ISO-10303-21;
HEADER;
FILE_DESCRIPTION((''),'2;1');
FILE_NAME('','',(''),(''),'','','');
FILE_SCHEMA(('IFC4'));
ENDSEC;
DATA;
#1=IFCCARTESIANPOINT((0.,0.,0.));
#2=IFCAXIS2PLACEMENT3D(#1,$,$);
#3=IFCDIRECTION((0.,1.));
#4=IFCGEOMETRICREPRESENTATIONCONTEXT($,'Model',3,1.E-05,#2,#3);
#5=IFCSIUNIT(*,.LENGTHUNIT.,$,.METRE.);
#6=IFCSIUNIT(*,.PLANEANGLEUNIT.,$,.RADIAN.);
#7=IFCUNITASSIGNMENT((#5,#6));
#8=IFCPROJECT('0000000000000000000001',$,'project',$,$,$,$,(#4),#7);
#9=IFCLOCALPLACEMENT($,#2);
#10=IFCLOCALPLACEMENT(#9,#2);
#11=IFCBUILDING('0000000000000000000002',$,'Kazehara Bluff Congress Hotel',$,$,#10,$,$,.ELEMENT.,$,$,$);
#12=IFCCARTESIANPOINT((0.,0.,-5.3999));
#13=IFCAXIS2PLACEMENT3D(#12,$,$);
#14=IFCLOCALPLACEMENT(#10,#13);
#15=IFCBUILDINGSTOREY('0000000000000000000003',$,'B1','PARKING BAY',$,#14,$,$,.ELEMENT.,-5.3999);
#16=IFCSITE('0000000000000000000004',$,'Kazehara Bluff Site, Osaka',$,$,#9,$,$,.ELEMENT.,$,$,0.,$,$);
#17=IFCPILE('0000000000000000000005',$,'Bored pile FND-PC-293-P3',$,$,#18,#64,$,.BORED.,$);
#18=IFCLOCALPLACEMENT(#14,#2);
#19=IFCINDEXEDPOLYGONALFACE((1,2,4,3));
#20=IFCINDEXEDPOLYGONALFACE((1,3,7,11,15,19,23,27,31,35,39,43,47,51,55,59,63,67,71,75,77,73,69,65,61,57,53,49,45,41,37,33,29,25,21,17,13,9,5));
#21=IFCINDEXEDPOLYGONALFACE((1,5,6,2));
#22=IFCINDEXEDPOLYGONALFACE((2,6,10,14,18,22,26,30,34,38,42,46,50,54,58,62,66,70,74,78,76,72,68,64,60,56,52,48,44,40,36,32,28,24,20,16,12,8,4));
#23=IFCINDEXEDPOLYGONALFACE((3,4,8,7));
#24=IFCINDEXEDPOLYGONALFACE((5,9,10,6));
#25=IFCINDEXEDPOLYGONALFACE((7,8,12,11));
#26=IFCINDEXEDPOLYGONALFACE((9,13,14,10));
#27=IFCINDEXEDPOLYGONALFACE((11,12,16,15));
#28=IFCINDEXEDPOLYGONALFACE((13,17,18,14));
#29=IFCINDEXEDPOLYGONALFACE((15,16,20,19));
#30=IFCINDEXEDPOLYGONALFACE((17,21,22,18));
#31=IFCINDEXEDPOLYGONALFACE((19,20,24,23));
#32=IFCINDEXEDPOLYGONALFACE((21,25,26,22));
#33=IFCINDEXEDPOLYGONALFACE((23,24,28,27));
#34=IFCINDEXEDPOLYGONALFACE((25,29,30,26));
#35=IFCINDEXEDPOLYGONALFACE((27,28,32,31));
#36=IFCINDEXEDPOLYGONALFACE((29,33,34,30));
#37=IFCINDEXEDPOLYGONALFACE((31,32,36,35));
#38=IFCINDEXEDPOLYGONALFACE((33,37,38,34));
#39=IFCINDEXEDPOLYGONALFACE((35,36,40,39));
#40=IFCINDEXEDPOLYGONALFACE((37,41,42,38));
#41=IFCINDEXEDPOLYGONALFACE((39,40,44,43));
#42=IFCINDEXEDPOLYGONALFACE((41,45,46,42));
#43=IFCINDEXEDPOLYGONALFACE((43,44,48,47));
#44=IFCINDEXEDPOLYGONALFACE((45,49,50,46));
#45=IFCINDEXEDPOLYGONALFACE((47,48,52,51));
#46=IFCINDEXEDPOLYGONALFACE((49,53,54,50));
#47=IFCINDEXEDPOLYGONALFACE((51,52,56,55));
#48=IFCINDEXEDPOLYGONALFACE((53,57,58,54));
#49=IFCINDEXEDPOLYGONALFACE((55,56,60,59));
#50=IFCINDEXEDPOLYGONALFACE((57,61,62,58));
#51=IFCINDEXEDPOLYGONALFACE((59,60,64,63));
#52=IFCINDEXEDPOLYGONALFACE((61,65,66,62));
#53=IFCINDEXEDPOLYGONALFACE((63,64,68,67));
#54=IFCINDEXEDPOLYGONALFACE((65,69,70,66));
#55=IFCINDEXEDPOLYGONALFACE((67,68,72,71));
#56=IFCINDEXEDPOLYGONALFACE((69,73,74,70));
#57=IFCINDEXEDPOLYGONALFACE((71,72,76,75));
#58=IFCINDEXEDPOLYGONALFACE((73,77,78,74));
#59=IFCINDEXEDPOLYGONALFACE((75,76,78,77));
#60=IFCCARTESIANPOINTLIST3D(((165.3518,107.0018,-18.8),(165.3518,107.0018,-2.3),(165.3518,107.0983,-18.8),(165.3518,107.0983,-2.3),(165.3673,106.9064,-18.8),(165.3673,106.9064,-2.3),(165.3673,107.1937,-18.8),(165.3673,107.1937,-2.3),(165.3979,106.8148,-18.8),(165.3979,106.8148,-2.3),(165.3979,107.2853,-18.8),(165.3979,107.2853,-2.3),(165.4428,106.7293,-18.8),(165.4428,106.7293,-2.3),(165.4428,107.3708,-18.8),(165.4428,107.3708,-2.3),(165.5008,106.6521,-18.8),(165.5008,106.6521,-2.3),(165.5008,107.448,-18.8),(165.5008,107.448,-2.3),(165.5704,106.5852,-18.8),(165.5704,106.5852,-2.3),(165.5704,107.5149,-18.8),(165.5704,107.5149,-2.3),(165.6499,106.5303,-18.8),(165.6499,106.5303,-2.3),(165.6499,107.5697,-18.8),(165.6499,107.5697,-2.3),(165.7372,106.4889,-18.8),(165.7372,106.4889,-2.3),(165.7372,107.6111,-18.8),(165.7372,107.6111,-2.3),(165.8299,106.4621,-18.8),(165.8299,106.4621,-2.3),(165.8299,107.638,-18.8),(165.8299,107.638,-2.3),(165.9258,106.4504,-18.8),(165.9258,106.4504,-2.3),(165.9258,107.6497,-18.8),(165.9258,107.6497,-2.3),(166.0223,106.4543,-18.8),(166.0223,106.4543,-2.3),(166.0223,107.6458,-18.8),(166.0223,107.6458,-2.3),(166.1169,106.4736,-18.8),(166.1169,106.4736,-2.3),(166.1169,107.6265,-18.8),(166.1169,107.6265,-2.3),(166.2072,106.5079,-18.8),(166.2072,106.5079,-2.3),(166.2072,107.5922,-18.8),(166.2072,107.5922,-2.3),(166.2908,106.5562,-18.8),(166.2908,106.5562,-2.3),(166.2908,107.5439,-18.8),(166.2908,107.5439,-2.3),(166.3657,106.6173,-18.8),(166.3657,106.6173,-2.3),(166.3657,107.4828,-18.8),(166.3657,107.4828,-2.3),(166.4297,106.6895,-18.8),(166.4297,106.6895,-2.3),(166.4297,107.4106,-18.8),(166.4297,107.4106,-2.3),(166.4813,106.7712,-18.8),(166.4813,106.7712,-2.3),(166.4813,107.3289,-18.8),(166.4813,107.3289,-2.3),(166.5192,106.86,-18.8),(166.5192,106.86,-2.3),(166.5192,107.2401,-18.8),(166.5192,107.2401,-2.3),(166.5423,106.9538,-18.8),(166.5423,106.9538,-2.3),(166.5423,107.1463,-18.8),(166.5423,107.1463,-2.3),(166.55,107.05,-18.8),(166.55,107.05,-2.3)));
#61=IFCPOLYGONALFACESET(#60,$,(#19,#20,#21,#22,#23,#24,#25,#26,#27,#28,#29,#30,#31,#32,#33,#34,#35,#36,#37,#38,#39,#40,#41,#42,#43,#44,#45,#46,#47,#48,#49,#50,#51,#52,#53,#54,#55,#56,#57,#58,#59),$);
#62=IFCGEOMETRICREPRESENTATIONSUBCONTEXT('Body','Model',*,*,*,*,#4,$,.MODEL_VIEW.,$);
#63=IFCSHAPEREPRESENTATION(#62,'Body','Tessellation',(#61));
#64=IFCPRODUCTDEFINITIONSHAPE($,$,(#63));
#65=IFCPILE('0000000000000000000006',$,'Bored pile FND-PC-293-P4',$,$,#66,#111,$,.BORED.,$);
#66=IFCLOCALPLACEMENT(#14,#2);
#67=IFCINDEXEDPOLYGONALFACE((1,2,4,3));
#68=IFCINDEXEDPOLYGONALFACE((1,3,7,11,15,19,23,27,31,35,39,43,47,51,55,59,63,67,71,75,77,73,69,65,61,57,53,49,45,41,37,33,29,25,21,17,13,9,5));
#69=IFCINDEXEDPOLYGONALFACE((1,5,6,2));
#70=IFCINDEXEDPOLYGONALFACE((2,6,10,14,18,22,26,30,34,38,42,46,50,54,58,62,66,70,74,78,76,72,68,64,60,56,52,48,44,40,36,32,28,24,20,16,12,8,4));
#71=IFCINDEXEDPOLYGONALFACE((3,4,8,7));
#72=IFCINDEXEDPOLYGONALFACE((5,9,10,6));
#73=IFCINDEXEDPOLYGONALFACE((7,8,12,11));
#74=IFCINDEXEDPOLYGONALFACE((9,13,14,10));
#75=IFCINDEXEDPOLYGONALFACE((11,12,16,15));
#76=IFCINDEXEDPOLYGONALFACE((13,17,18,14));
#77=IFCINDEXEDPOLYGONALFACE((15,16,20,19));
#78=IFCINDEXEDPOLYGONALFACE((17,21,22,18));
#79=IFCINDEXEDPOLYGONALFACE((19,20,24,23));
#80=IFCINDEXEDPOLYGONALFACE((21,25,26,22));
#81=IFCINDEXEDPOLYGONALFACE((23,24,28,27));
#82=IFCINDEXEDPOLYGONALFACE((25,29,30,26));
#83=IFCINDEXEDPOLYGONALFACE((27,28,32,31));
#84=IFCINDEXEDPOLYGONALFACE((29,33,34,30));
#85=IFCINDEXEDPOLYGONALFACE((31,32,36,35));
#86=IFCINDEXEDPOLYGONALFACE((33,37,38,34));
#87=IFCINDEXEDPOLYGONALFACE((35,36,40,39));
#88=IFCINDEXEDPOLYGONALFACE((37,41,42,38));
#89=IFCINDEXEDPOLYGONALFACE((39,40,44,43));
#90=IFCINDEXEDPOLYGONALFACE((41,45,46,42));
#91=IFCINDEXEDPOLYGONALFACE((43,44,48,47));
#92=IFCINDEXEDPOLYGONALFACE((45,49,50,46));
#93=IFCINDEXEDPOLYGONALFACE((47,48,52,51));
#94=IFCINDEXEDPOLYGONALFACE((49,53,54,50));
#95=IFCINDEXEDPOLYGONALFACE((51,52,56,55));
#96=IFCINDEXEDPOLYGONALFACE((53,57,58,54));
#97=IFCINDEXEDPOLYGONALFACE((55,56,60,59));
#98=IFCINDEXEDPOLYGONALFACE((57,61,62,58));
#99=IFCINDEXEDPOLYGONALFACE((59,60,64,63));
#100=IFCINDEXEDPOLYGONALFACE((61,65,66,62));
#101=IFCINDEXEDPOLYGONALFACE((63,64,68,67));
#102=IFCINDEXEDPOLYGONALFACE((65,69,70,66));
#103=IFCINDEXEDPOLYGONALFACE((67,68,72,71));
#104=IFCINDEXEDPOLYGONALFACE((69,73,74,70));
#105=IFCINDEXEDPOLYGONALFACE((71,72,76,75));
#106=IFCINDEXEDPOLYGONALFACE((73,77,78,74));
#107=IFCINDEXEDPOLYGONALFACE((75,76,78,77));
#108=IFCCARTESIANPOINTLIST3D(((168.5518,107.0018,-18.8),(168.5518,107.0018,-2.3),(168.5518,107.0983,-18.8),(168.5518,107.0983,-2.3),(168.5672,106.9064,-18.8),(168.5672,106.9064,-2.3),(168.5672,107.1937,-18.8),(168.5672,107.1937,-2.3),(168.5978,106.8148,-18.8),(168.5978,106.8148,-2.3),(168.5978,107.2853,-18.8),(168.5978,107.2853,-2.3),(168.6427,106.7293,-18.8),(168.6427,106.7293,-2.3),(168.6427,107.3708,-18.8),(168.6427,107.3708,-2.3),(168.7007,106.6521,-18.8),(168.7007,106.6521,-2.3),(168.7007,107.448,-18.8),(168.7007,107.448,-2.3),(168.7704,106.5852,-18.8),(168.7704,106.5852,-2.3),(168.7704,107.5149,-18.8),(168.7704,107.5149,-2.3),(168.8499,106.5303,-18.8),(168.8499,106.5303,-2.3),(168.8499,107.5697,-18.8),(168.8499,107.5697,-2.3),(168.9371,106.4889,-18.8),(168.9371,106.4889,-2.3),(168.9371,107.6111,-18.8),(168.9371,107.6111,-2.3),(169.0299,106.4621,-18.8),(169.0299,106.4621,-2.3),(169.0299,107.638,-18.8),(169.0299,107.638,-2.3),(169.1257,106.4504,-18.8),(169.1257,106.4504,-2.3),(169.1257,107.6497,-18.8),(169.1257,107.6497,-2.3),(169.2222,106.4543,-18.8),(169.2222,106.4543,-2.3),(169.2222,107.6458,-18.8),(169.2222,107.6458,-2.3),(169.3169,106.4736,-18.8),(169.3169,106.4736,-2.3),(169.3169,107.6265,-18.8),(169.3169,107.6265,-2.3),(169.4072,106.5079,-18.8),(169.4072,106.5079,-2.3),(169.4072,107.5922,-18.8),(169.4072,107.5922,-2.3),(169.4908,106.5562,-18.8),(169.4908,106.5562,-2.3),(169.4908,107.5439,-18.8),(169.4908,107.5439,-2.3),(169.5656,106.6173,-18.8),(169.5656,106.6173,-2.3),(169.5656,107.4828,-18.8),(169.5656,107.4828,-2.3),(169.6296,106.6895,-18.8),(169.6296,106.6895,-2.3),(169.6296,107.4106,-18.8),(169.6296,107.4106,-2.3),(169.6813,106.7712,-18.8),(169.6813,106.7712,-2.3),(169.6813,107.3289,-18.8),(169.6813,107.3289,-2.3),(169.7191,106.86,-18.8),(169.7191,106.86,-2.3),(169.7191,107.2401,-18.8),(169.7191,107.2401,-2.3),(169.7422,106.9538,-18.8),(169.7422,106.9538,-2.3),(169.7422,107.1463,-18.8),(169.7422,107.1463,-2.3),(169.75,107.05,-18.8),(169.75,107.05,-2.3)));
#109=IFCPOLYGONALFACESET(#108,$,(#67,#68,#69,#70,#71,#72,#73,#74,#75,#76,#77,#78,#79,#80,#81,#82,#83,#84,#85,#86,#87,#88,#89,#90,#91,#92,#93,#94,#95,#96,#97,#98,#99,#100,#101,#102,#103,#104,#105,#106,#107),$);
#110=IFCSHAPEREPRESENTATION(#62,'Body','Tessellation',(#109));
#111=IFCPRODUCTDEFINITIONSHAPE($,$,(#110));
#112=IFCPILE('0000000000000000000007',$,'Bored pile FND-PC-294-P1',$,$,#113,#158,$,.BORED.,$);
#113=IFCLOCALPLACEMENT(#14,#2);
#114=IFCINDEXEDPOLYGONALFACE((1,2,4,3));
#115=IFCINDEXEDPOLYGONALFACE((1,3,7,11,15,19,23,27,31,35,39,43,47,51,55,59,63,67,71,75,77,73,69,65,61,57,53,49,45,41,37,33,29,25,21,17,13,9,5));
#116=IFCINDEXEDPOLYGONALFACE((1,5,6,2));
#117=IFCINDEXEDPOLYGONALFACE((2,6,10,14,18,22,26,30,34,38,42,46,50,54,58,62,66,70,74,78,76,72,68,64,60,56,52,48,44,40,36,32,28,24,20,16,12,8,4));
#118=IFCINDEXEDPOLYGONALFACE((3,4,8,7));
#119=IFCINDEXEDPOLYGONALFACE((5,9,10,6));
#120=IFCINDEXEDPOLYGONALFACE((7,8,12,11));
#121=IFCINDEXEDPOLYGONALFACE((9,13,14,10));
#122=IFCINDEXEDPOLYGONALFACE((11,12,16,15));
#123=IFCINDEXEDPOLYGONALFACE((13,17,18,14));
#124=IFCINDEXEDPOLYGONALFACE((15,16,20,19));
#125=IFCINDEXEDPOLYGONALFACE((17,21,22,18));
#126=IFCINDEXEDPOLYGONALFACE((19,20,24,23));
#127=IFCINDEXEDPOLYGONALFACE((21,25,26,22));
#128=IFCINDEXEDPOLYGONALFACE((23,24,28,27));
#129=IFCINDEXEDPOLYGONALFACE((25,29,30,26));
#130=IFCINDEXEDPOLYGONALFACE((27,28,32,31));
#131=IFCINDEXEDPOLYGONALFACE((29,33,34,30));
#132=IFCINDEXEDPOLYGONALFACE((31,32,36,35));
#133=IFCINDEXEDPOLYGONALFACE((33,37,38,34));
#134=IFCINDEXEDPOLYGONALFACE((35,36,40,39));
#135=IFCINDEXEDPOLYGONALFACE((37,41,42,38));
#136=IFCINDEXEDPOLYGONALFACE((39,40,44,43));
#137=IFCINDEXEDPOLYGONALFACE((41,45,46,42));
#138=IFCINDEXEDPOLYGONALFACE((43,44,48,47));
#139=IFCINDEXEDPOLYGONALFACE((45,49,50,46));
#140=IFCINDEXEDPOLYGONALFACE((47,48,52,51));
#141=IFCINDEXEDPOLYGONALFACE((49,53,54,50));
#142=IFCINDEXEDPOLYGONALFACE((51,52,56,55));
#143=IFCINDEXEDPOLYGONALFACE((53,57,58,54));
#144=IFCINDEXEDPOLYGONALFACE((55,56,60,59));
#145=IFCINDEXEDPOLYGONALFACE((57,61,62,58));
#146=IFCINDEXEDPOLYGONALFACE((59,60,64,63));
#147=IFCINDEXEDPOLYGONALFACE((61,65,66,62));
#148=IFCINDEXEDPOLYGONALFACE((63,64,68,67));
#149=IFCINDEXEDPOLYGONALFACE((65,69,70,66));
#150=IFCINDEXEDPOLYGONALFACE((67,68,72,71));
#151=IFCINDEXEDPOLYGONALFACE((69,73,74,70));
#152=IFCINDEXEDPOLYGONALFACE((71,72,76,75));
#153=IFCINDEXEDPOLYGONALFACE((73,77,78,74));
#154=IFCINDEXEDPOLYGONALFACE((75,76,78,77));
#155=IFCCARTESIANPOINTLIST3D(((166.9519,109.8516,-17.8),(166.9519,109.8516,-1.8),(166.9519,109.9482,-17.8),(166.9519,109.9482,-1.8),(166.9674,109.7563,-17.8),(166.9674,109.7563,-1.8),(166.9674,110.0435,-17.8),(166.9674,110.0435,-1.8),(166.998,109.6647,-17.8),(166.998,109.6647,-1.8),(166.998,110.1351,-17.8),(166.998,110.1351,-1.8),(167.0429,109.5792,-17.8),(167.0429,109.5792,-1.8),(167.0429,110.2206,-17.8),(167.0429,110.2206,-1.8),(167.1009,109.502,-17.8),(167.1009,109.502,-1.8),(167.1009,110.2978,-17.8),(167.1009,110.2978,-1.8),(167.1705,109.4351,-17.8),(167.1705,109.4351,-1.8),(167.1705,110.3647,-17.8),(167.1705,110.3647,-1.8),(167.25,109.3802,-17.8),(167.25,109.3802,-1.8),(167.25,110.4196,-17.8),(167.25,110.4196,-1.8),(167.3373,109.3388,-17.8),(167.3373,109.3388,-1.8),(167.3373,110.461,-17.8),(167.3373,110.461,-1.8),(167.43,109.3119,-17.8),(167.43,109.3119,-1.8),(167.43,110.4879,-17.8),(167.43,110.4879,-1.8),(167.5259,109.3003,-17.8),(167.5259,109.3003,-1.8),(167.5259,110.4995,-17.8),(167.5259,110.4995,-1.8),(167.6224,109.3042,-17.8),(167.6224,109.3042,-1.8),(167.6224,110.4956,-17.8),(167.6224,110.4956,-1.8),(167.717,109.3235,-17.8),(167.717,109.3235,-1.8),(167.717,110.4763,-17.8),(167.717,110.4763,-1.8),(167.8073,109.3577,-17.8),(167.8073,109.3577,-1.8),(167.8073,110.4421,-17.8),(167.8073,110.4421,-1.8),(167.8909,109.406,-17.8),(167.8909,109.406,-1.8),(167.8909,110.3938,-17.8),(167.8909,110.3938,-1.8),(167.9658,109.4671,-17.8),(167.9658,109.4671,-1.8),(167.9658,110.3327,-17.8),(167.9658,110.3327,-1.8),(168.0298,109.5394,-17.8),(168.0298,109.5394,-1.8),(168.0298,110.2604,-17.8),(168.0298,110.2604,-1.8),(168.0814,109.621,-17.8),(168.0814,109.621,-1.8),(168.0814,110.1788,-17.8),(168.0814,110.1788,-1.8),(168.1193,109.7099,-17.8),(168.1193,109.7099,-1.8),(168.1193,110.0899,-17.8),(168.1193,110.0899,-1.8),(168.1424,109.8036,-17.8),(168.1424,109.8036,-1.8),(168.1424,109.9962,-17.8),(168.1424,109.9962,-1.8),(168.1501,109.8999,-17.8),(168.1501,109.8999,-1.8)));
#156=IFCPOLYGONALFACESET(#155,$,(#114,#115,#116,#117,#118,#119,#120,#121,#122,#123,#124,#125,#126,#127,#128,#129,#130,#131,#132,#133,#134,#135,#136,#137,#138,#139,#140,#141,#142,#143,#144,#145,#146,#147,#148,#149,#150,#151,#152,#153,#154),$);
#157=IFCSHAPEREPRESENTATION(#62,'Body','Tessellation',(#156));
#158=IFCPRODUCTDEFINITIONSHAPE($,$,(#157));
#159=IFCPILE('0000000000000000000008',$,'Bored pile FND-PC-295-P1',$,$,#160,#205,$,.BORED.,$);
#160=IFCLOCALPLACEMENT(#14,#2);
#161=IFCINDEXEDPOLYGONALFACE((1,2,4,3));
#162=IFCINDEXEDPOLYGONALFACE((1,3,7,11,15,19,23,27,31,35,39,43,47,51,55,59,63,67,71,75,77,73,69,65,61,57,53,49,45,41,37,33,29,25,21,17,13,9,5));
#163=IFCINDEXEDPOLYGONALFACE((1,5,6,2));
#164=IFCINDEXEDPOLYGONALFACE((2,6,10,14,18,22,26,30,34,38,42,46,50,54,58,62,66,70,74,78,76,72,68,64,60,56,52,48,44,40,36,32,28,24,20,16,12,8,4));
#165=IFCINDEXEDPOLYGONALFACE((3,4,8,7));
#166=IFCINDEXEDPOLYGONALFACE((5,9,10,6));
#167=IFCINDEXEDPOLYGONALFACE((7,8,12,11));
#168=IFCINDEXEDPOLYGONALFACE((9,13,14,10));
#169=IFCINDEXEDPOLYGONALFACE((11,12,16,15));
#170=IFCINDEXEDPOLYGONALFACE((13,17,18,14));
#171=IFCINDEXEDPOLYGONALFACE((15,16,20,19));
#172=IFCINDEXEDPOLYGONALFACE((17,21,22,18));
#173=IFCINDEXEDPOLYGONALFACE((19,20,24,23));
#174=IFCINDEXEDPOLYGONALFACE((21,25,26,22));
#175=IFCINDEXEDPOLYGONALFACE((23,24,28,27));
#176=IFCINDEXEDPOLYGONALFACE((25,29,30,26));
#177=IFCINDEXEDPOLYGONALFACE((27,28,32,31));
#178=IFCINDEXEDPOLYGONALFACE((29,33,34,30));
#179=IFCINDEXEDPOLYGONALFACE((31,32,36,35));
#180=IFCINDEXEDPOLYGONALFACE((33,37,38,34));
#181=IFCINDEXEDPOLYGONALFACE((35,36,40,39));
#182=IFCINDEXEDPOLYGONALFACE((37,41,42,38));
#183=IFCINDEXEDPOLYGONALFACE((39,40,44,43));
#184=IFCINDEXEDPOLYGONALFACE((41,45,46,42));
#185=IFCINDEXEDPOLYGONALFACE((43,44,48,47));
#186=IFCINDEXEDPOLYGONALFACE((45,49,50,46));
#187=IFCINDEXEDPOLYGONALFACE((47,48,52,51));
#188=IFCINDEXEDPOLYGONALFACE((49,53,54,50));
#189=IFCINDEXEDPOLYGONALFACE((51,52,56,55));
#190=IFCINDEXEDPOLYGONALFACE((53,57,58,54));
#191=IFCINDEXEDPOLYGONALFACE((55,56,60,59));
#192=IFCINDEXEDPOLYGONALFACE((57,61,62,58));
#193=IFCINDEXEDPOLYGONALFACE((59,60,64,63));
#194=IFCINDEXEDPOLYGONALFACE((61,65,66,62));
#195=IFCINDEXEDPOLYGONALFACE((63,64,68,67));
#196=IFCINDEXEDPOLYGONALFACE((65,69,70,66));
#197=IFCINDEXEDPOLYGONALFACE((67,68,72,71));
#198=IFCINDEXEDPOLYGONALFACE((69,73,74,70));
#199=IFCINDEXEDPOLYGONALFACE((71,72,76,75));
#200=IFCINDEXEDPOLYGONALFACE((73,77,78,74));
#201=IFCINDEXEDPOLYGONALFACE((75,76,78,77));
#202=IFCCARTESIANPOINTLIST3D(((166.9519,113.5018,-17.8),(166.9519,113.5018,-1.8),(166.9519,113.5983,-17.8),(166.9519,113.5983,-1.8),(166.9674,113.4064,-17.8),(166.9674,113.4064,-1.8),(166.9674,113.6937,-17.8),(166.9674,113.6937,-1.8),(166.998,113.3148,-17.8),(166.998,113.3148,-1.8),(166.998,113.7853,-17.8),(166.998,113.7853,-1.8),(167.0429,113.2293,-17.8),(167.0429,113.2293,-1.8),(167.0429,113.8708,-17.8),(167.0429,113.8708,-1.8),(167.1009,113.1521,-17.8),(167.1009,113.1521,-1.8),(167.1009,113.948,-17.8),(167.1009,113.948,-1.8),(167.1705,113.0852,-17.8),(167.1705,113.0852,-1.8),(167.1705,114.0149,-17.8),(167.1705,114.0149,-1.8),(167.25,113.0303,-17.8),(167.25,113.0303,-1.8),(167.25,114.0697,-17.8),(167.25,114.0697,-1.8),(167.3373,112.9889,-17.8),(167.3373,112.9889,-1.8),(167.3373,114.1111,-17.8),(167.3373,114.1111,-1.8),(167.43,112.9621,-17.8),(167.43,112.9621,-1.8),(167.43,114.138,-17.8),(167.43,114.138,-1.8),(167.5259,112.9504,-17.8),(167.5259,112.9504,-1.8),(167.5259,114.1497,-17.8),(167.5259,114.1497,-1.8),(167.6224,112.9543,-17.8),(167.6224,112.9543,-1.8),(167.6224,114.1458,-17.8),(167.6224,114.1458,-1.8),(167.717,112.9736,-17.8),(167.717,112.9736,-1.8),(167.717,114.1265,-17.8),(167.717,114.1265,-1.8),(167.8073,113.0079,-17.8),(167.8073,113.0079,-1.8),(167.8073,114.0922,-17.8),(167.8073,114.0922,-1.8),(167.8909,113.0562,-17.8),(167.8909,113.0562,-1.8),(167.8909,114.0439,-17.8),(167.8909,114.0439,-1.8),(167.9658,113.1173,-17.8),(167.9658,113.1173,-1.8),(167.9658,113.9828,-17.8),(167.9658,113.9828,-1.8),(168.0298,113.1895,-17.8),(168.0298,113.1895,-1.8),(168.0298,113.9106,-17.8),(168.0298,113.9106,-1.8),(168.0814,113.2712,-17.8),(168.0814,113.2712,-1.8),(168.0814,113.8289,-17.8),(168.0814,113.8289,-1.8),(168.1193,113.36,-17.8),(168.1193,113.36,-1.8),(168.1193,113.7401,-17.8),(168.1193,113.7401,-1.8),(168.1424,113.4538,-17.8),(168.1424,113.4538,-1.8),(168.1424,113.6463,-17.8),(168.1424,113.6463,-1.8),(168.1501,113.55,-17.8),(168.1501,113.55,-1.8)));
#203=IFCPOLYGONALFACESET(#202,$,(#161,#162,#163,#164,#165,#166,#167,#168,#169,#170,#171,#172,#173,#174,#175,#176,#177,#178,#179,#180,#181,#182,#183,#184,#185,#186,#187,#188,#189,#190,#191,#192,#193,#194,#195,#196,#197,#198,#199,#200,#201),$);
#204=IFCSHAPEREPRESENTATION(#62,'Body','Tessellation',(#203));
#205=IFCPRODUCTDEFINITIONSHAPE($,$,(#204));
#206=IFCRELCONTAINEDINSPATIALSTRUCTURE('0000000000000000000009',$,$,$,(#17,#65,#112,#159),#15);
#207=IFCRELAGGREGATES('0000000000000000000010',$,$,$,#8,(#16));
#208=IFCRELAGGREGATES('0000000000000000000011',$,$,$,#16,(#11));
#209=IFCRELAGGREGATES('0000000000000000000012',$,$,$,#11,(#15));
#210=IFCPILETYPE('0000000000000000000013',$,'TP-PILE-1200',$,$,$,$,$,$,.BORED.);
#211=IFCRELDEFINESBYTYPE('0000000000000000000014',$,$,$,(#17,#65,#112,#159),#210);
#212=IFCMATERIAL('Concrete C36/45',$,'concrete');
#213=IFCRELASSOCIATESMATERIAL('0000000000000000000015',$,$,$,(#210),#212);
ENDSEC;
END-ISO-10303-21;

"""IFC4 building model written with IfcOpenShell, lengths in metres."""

from ifc_helpers import new_model, si_unit, direction, frame, origin, origin_2d, place, context, subcontext, project, spatial, circle, extrude, material, material_profile, profile_set, type_object, element, save


model = new_model("IFC4")

# Units and contexts
model_context = context("Model", 3, precision=1e-05, world=origin(), true_north=direction((0.0, 1.0)))
body_context = subcontext(model_context, "Body", "Model", "MODEL_VIEW")
ifc_project = project(units=[si_unit("LENGTHUNIT", "METRE"), si_unit("PLANEANGLEUNIT", "RADIAN")], contexts=[model_context])

# Site, building, storey
site_placement = place(None, origin())
site = spatial("IfcSite", under=ifc_project, at=site_placement, Name="Kazehara Bluff Site, Osaka", CompositionType="ELEMENT", RefElevation=0.0)
building_placement = place(site_placement, origin())
building = spatial("IfcBuilding", under=site, at=building_placement, Name="Kazehara Bluff Congress Hotel", CompositionType="ELEMENT")
storey_placement = place(building_placement, frame((0.0, 0.0, -5.3999)))
storey = spatial("IfcBuildingStorey", under=building, at=storey_placement, Name="B1", Description="PARKING BAY", CompositionType="ELEMENT", Elevation=-5.3999)

# Piles
ifc_material_1 = material(Name="Concrete C36/45", Category="concrete")
ifc_material_profile_1 = material_profile(ifc_material_1, circle(Radius=0.6001, at=origin_2d()))
ifc_profile_set_1 = profile_set([ifc_material_profile_1], Name="Concrete C36/45")
pile_type = type_object("IfcPileType", Name="TP-PILE-1200", PredefinedType="BORED", material=ifc_profile_set_1)
for number, where, z_axis, x_axis, name in (
    (1, (165.95, 107.05, -2.3), (0.0, 0.0, -1.0), (1.0, 0.0, 0.0), "Bored pile FND-PC-293-P3"),
    (2, (169.1499, 107.05, -2.3), (0.0, 0.0, -1.0), (1.0, 0.0, 0.0), "Bored pile FND-PC-293-P4"),
):
    element("IfcPile", number, at=place(storey_placement, frame(where, z_axis=z_axis, x_axis=x_axis)), inside=storey, type_object=pile_type, Name=name, PredefinedType="BORED", context=body_context, shape_type="SweptSolid", body=[
        extrude(circle(Radius=0.6001, at=origin_2d()), origin(), (0.0, 0.0, 1.0), 16.5),
    ])
for number, where, z_axis, x_axis, name in (
    (3, (167.55, 109.8999, -1.8), (0.0, 0.0, -1.0), (1.0, 0.0, 0.0), "Bored pile FND-PC-294-P1"),
    (4, (167.55, 113.55, -1.8), (0.0, 0.0, -1.0), (1.0, 0.0, 0.0), "Bored pile FND-PC-295-P1"),
):
    element("IfcPile", number, at=place(storey_placement, frame(where, z_axis=z_axis, x_axis=x_axis)), inside=storey, type_object=pile_type, Name=name, PredefinedType="BORED", context=body_context, shape_type="SweptSolid", body=[
        extrude(circle(Radius=0.6001, at=origin_2d()), origin(), (0.0, 0.0, 1.0), 16.0),
    ])

save(model, "model.ifc")
